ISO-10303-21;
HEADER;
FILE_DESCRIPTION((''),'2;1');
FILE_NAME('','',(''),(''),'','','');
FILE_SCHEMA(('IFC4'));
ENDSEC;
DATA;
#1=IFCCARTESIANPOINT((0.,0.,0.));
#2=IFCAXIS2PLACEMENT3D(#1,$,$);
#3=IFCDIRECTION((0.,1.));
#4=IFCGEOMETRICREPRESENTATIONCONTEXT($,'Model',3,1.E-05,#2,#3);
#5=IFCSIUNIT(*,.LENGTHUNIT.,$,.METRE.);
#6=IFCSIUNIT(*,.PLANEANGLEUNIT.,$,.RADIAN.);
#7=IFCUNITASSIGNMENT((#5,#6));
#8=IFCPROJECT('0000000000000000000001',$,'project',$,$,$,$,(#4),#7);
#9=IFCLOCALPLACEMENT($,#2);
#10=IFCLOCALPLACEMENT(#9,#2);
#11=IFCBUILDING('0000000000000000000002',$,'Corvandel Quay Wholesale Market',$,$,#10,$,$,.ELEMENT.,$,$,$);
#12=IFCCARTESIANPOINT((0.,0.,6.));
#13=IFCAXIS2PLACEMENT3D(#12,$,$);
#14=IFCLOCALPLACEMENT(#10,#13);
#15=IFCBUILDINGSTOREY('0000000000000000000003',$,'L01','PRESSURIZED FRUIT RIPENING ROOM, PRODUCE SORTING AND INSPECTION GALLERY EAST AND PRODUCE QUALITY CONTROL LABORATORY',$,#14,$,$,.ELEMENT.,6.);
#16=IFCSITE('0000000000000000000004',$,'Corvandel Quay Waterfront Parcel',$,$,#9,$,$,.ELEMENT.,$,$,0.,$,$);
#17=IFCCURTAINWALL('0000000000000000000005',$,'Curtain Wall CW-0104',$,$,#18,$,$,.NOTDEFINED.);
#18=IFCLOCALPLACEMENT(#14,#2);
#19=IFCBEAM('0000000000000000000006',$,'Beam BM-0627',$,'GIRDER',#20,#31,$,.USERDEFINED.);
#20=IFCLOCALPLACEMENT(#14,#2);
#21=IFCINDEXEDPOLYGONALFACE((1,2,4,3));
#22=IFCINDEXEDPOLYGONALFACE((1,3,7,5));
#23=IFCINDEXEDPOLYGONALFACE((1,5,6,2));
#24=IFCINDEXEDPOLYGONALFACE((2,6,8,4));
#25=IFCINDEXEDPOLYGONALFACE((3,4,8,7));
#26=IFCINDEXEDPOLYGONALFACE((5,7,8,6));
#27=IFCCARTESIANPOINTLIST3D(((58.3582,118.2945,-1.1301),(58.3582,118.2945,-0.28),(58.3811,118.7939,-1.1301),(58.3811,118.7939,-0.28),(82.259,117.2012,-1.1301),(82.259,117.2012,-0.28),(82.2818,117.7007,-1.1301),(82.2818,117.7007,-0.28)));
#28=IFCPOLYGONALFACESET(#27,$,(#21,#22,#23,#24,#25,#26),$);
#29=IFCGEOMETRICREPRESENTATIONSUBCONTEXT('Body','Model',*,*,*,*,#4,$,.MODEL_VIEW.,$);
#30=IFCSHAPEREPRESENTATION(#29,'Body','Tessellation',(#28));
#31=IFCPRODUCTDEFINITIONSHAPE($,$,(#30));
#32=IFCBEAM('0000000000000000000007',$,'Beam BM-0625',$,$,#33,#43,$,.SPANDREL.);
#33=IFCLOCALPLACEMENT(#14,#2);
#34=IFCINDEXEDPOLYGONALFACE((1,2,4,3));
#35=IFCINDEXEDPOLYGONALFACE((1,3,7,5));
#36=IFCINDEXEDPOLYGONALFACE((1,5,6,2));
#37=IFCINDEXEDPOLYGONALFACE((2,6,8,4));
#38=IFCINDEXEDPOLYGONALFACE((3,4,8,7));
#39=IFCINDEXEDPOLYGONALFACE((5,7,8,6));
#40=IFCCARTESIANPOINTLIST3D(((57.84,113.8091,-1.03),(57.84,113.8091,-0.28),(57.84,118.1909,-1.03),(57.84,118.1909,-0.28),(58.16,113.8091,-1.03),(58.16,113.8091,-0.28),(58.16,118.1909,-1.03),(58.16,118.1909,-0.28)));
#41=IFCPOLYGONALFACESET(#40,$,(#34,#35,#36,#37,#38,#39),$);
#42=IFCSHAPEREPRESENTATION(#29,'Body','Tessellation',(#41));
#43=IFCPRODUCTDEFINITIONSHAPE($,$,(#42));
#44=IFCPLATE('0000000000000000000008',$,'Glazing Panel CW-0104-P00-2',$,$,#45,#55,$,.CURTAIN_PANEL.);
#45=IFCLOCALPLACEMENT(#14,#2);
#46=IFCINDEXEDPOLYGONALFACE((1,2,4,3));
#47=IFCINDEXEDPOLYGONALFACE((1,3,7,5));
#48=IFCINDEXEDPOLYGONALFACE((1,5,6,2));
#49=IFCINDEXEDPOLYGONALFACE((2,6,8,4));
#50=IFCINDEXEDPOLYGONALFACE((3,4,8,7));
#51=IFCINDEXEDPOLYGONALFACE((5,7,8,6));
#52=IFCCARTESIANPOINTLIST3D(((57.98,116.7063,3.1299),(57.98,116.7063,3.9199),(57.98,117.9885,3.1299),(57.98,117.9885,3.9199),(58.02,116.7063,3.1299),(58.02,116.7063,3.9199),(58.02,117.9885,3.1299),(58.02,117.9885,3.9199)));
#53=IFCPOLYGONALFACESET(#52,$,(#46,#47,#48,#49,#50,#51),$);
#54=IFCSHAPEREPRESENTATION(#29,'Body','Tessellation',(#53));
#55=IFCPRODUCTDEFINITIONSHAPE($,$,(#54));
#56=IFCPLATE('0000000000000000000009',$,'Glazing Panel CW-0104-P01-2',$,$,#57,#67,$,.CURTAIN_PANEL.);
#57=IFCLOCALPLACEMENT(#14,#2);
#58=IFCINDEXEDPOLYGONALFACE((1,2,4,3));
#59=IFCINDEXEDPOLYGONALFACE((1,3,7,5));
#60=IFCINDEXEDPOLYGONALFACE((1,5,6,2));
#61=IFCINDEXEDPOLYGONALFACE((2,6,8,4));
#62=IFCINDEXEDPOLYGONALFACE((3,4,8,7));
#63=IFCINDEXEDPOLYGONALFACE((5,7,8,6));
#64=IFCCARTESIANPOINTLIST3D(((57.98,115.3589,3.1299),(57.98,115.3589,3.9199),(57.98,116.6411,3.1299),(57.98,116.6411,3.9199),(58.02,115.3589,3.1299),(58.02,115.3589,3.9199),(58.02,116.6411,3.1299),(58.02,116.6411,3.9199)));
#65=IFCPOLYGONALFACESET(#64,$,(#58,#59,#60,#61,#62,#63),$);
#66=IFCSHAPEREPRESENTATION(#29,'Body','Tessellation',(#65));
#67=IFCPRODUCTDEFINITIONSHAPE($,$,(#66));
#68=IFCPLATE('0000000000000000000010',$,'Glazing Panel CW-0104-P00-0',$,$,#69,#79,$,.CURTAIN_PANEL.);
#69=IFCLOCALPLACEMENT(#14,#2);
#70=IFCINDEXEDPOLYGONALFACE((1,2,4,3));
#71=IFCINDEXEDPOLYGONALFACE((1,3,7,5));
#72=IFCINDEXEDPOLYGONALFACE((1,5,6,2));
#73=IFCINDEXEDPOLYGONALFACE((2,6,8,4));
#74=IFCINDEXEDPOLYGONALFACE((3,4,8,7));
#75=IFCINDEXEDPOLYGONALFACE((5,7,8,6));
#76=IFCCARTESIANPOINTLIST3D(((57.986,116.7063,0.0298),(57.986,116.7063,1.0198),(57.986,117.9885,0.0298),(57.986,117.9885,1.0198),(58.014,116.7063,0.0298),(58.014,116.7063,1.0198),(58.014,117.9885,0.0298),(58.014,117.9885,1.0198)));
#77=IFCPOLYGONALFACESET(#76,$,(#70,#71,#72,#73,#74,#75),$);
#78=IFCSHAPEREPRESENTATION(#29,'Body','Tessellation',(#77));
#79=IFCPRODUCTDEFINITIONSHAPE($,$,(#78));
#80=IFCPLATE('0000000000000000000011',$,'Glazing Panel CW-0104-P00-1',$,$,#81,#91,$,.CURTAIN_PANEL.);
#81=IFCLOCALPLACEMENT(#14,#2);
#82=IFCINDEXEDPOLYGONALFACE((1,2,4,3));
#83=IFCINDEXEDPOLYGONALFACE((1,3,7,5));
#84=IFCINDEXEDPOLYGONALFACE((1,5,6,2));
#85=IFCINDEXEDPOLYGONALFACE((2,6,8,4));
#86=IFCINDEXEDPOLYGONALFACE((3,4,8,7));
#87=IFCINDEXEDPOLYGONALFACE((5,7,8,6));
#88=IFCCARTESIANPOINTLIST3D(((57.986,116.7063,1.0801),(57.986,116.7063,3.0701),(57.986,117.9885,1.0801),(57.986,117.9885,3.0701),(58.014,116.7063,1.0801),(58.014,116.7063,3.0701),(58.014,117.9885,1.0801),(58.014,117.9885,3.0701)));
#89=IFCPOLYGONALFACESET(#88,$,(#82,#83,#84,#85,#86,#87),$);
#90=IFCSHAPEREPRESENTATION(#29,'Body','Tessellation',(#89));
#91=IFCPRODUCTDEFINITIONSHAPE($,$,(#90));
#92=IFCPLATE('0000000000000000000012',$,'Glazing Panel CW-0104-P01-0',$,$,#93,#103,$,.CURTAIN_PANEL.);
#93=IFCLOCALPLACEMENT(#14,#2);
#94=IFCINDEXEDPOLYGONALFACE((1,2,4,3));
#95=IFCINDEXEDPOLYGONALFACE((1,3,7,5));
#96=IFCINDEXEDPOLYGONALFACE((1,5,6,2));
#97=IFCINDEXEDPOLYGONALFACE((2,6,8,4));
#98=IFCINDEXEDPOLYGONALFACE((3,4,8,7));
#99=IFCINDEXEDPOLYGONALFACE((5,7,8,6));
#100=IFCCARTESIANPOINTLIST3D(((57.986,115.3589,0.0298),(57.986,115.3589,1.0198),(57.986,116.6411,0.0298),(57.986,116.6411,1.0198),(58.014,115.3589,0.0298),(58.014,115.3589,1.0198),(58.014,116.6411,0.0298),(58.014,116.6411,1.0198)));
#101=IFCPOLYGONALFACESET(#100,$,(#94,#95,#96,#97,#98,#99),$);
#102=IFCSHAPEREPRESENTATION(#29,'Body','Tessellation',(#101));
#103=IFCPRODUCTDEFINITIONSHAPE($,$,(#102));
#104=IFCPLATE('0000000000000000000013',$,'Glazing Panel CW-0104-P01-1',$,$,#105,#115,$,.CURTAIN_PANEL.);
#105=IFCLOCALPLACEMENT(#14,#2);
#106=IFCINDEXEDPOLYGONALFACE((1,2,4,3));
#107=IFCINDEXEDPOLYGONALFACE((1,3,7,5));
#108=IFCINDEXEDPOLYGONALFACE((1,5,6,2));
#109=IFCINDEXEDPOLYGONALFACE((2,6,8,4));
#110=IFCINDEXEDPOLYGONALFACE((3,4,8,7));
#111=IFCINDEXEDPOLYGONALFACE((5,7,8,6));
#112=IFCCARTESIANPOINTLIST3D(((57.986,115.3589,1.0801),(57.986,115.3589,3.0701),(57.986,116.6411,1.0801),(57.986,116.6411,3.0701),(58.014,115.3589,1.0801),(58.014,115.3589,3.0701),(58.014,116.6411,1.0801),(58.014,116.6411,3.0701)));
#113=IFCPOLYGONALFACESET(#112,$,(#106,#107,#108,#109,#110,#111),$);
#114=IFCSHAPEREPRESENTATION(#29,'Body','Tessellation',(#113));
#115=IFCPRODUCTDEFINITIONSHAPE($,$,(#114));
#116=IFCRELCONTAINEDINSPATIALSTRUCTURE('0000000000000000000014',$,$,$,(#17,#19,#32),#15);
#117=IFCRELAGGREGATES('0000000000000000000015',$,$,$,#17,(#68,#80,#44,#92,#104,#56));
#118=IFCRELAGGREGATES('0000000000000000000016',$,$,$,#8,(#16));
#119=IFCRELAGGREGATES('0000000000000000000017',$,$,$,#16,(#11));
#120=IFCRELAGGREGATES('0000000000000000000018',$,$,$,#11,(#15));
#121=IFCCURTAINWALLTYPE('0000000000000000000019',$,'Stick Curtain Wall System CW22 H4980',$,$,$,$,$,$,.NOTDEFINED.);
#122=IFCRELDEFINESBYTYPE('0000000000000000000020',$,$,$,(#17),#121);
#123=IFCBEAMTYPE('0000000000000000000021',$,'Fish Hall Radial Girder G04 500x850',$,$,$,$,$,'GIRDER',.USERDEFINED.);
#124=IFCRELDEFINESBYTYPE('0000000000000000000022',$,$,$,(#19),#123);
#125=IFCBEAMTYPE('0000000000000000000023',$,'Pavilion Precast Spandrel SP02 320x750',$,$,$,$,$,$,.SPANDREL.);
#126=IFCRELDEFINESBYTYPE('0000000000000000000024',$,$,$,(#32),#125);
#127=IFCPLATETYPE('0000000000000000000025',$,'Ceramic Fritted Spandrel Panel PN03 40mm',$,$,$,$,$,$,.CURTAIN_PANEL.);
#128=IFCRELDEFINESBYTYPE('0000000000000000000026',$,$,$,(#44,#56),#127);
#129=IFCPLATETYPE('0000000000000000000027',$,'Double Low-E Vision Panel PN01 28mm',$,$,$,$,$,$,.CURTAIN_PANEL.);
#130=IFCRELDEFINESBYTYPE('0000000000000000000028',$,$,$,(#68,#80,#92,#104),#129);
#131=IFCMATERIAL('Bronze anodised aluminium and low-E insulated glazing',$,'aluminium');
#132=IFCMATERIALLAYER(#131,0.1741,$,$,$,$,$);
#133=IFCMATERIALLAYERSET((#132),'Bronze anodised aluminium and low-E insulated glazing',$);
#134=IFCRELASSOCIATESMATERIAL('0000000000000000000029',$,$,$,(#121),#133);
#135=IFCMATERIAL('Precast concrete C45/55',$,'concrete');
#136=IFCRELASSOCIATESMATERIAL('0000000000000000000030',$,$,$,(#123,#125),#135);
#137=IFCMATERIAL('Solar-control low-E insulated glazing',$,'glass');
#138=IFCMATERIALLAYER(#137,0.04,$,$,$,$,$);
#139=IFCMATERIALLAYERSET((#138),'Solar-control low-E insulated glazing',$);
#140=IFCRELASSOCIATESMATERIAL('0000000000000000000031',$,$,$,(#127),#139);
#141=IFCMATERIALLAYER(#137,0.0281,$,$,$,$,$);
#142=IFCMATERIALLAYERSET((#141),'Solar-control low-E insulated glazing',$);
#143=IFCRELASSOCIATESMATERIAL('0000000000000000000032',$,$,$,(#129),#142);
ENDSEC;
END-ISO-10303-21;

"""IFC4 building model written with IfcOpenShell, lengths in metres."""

from ifc_helpers import new_model, si_unit, direction, frame, origin, origin_2d, place, context, subcontext, project, spatial, rectangle, extrude, material, layer, layer_set, material_profile, profile_set, type_object, element, aggregate, save


model = new_model("IFC4")

# Units and contexts
model_context = context("Model", 3, precision=1e-05, world=origin(), true_north=direction((0.0, 1.0)))
body_context = subcontext(model_context, "Body", "Model", "MODEL_VIEW")
ifc_project = project(units=[si_unit("LENGTHUNIT", "METRE"), si_unit("PLANEANGLEUNIT", "RADIAN")], contexts=[model_context])

# Site, building, storey
site_placement = place(None, origin())
site = spatial("IfcSite", under=ifc_project, at=site_placement, Name="Corvandel Quay Waterfront Parcel", CompositionType="ELEMENT", RefElevation=0.0)
building_placement = place(site_placement, origin())
building = spatial("IfcBuilding", under=site, at=building_placement, Name="Corvandel Quay Wholesale Market", CompositionType="ELEMENT")
storey_placement = place(building_placement, frame((0.0, 0.0, 6.0)))
storey = spatial("IfcBuildingStorey", under=building, at=storey_placement, Name="L01", Description="PRESSURIZED FRUIT RIPENING ROOM, PRODUCE SORTING AND INSPECTION GALLERY EAST AND PRODUCE QUALITY CONTROL LABORATORY", CompositionType="ELEMENT", Elevation=6.0)

# Shared definitions
ifc_material_1 = material(Name="Precast concrete C45/55", Category="concrete")

# Curtain wall
ifc_material_2 = material(Name="Bronze anodised aluminium and low-E insulated glazing", Category="aluminium")
ifc_layer_1 = layer(ifc_material_2, 0.1741)
ifc_layer_set_1 = layer_set([ifc_layer_1], Name="Bronze anodised aluminium and low-E insulated glazing")
curtain_wall_type = type_object("IfcCurtainWallType", Name="Stick Curtain Wall System CW22 H4980", PredefinedType="NOTDEFINED", material=ifc_layer_set_1)
curtain_wall_placement = place(storey_placement, origin())
curtain_wall = element("IfcCurtainWall", 1, at=curtain_wall_placement, inside=storey, type_object=curtain_wall_type, Name="Curtain Wall CW-0104", PredefinedType="NOTDEFINED")

# Beams
ifc_material_profile_1 = material_profile(ifc_material_1, rectangle(XDim=0.5, YDim=0.8501, at=origin_2d()), Name="PC-GIR-500x850")
ifc_profile_set_1 = profile_set([ifc_material_profile_1], Name="Precast concrete C45/55")
beam_type_1 = type_object("IfcBeamType", Name="Fish Hall Radial Girder G04 500x850", ElementType="GIRDER", PredefinedType="USERDEFINED", material=ifc_profile_set_1)
beam_1_placement = place(storey_placement, frame((58.3696, 118.5442, -0.7051), z_axis=(0.998955, -0.045694, 0.0), x_axis=(0.045694, 0.998955, 0.0)))
element("IfcBeam", 2, at=beam_1_placement, inside=storey, type_object=beam_type_1, Name="Beam BM-0627", ObjectType="GIRDER", PredefinedType="USERDEFINED", context=body_context, shape_type="SweptSolid", body=[
    extrude(rectangle(XDim=0.5, YDim=0.8501, at=origin_2d()), origin(), (0.0, 0.0, 1.0), 23.9258),
])
ifc_material_profile_2 = material_profile(ifc_material_1, rectangle(XDim=0.3201, YDim=0.75, at=origin_2d()), Name="PC-SPN-320x750")
ifc_profile_set_2 = profile_set([ifc_material_profile_2], Name="Precast concrete C45/55")
beam_type_2 = type_object("IfcBeamType", Name="Pavilion Precast Spandrel SP02 320x750", PredefinedType="SPANDREL", material=ifc_profile_set_2)
beam_2_placement = place(storey_placement, frame((58.0, 118.1909, -0.655), z_axis=(0.0, -1.0, 0.0), x_axis=(1.0, 0.0, 0.0)))
element("IfcBeam", 3, at=beam_2_placement, inside=storey, type_object=beam_type_2, Name="Beam BM-0625", PredefinedType="SPANDREL", context=body_context, shape_type="SweptSolid", body=[
    extrude(rectangle(XDim=0.3201, YDim=0.75, at=origin_2d()), origin(), (0.0, 0.0, 1.0), 4.3818),
])

# Plates
ifc_material_3 = material(Name="Solar-control low-E insulated glazing", Category="glass")
ifc_layer_2 = layer(ifc_material_3, 0.04)
ifc_layer_set_2 = layer_set([ifc_layer_2], Name="Solar-control low-E insulated glazing")
plate_type_1 = type_object("IfcPlateType", Name="Ceramic Fritted Spandrel Panel PN03 40mm", PredefinedType="CURTAIN_PANEL", material=ifc_layer_set_2)
plate_1_placement = place(storey_placement, frame((58.0, 117.3474, 3.1299), z_axis=(0.0, 0.0, 1.0), x_axis=(0.0, 1.0, 0.0)))
plate_1 = element("IfcPlate", 4, at=plate_1_placement, type_object=plate_type_1, Name="Glazing Panel CW-0104-P00-2", PredefinedType="CURTAIN_PANEL", context=body_context, shape_type="SweptSolid", body=[
    extrude(rectangle(XDim=1.2822, YDim=0.04, at=origin_2d()), origin(), (0.0, 0.0, 1.0), 0.79),
])
plate_2_placement = place(storey_placement, frame((58.0, 116.0, 3.1299), z_axis=(0.0, 0.0, 1.0), x_axis=(0.0, 1.0, 0.0)))
plate_2 = element("IfcPlate", 5, at=plate_2_placement, type_object=plate_type_1, Name="Glazing Panel CW-0104-P01-2", PredefinedType="CURTAIN_PANEL", context=body_context, shape_type="SweptSolid", body=[
    extrude(rectangle(XDim=1.2822, YDim=0.04, at=origin_2d()), origin(), (0.0, 0.0, 1.0), 0.79),
])
ifc_layer_3 = layer(ifc_material_3, 0.0281)
ifc_layer_set_3 = layer_set([ifc_layer_3], Name="Solar-control low-E insulated glazing")
plate_type_2 = type_object("IfcPlateType", Name="Double Low-E Vision Panel PN01 28mm", PredefinedType="CURTAIN_PANEL", material=ifc_layer_set_3)
plate_3_placement = place(storey_placement, frame((58.0, 117.3474, 0.0298), z_axis=(0.0, 0.0, 1.0), x_axis=(0.0, 1.0, 0.0)))
plate_3 = element("IfcPlate", 6, at=plate_3_placement, type_object=plate_type_2, Name="Glazing Panel CW-0104-P00-0", PredefinedType="CURTAIN_PANEL", context=body_context, shape_type="SweptSolid", body=[
    extrude(rectangle(XDim=1.2822, YDim=0.0281, at=origin_2d()), origin(), (0.0, 0.0, 1.0), 0.99),
])
plate_4_placement = place(storey_placement, frame((58.0, 117.3474, 1.0801), z_axis=(0.0, 0.0, 1.0), x_axis=(0.0, 1.0, 0.0)))
plate_4 = element("IfcPlate", 7, at=plate_4_placement, type_object=plate_type_2, Name="Glazing Panel CW-0104-P00-1", PredefinedType="CURTAIN_PANEL", context=body_context, shape_type="SweptSolid", body=[
    extrude(rectangle(XDim=1.2822, YDim=0.0281, at=origin_2d()), origin(), (0.0, 0.0, 1.0), 1.99),
])
plate_5_placement = place(storey_placement, frame((58.0, 116.0, 0.0298), z_axis=(0.0, 0.0, 1.0), x_axis=(0.0, 1.0, 0.0)))
plate_5 = element("IfcPlate", 8, at=plate_5_placement, type_object=plate_type_2, Name="Glazing Panel CW-0104-P01-0", PredefinedType="CURTAIN_PANEL", context=body_context, shape_type="SweptSolid", body=[
    extrude(rectangle(XDim=1.2822, YDim=0.0281, at=origin_2d()), origin(), (0.0, 0.0, 1.0), 0.99),
])
plate_6_placement = place(storey_placement, frame((58.0, 116.0, 1.0801), z_axis=(0.0, 0.0, 1.0), x_axis=(0.0, 1.0, 0.0)))
plate_6 = element("IfcPlate", 9, at=plate_6_placement, type_object=plate_type_2, Name="Glazing Panel CW-0104-P01-1", PredefinedType="CURTAIN_PANEL", context=body_context, shape_type="SweptSolid", body=[
    extrude(rectangle(XDim=1.2822, YDim=0.0281, at=origin_2d()), origin(), (0.0, 0.0, 1.0), 1.99),
])
aggregate(curtain_wall, [plate_3, plate_4, plate_1, plate_5, plate_6, plate_2])

save(model, "model.ifc")
